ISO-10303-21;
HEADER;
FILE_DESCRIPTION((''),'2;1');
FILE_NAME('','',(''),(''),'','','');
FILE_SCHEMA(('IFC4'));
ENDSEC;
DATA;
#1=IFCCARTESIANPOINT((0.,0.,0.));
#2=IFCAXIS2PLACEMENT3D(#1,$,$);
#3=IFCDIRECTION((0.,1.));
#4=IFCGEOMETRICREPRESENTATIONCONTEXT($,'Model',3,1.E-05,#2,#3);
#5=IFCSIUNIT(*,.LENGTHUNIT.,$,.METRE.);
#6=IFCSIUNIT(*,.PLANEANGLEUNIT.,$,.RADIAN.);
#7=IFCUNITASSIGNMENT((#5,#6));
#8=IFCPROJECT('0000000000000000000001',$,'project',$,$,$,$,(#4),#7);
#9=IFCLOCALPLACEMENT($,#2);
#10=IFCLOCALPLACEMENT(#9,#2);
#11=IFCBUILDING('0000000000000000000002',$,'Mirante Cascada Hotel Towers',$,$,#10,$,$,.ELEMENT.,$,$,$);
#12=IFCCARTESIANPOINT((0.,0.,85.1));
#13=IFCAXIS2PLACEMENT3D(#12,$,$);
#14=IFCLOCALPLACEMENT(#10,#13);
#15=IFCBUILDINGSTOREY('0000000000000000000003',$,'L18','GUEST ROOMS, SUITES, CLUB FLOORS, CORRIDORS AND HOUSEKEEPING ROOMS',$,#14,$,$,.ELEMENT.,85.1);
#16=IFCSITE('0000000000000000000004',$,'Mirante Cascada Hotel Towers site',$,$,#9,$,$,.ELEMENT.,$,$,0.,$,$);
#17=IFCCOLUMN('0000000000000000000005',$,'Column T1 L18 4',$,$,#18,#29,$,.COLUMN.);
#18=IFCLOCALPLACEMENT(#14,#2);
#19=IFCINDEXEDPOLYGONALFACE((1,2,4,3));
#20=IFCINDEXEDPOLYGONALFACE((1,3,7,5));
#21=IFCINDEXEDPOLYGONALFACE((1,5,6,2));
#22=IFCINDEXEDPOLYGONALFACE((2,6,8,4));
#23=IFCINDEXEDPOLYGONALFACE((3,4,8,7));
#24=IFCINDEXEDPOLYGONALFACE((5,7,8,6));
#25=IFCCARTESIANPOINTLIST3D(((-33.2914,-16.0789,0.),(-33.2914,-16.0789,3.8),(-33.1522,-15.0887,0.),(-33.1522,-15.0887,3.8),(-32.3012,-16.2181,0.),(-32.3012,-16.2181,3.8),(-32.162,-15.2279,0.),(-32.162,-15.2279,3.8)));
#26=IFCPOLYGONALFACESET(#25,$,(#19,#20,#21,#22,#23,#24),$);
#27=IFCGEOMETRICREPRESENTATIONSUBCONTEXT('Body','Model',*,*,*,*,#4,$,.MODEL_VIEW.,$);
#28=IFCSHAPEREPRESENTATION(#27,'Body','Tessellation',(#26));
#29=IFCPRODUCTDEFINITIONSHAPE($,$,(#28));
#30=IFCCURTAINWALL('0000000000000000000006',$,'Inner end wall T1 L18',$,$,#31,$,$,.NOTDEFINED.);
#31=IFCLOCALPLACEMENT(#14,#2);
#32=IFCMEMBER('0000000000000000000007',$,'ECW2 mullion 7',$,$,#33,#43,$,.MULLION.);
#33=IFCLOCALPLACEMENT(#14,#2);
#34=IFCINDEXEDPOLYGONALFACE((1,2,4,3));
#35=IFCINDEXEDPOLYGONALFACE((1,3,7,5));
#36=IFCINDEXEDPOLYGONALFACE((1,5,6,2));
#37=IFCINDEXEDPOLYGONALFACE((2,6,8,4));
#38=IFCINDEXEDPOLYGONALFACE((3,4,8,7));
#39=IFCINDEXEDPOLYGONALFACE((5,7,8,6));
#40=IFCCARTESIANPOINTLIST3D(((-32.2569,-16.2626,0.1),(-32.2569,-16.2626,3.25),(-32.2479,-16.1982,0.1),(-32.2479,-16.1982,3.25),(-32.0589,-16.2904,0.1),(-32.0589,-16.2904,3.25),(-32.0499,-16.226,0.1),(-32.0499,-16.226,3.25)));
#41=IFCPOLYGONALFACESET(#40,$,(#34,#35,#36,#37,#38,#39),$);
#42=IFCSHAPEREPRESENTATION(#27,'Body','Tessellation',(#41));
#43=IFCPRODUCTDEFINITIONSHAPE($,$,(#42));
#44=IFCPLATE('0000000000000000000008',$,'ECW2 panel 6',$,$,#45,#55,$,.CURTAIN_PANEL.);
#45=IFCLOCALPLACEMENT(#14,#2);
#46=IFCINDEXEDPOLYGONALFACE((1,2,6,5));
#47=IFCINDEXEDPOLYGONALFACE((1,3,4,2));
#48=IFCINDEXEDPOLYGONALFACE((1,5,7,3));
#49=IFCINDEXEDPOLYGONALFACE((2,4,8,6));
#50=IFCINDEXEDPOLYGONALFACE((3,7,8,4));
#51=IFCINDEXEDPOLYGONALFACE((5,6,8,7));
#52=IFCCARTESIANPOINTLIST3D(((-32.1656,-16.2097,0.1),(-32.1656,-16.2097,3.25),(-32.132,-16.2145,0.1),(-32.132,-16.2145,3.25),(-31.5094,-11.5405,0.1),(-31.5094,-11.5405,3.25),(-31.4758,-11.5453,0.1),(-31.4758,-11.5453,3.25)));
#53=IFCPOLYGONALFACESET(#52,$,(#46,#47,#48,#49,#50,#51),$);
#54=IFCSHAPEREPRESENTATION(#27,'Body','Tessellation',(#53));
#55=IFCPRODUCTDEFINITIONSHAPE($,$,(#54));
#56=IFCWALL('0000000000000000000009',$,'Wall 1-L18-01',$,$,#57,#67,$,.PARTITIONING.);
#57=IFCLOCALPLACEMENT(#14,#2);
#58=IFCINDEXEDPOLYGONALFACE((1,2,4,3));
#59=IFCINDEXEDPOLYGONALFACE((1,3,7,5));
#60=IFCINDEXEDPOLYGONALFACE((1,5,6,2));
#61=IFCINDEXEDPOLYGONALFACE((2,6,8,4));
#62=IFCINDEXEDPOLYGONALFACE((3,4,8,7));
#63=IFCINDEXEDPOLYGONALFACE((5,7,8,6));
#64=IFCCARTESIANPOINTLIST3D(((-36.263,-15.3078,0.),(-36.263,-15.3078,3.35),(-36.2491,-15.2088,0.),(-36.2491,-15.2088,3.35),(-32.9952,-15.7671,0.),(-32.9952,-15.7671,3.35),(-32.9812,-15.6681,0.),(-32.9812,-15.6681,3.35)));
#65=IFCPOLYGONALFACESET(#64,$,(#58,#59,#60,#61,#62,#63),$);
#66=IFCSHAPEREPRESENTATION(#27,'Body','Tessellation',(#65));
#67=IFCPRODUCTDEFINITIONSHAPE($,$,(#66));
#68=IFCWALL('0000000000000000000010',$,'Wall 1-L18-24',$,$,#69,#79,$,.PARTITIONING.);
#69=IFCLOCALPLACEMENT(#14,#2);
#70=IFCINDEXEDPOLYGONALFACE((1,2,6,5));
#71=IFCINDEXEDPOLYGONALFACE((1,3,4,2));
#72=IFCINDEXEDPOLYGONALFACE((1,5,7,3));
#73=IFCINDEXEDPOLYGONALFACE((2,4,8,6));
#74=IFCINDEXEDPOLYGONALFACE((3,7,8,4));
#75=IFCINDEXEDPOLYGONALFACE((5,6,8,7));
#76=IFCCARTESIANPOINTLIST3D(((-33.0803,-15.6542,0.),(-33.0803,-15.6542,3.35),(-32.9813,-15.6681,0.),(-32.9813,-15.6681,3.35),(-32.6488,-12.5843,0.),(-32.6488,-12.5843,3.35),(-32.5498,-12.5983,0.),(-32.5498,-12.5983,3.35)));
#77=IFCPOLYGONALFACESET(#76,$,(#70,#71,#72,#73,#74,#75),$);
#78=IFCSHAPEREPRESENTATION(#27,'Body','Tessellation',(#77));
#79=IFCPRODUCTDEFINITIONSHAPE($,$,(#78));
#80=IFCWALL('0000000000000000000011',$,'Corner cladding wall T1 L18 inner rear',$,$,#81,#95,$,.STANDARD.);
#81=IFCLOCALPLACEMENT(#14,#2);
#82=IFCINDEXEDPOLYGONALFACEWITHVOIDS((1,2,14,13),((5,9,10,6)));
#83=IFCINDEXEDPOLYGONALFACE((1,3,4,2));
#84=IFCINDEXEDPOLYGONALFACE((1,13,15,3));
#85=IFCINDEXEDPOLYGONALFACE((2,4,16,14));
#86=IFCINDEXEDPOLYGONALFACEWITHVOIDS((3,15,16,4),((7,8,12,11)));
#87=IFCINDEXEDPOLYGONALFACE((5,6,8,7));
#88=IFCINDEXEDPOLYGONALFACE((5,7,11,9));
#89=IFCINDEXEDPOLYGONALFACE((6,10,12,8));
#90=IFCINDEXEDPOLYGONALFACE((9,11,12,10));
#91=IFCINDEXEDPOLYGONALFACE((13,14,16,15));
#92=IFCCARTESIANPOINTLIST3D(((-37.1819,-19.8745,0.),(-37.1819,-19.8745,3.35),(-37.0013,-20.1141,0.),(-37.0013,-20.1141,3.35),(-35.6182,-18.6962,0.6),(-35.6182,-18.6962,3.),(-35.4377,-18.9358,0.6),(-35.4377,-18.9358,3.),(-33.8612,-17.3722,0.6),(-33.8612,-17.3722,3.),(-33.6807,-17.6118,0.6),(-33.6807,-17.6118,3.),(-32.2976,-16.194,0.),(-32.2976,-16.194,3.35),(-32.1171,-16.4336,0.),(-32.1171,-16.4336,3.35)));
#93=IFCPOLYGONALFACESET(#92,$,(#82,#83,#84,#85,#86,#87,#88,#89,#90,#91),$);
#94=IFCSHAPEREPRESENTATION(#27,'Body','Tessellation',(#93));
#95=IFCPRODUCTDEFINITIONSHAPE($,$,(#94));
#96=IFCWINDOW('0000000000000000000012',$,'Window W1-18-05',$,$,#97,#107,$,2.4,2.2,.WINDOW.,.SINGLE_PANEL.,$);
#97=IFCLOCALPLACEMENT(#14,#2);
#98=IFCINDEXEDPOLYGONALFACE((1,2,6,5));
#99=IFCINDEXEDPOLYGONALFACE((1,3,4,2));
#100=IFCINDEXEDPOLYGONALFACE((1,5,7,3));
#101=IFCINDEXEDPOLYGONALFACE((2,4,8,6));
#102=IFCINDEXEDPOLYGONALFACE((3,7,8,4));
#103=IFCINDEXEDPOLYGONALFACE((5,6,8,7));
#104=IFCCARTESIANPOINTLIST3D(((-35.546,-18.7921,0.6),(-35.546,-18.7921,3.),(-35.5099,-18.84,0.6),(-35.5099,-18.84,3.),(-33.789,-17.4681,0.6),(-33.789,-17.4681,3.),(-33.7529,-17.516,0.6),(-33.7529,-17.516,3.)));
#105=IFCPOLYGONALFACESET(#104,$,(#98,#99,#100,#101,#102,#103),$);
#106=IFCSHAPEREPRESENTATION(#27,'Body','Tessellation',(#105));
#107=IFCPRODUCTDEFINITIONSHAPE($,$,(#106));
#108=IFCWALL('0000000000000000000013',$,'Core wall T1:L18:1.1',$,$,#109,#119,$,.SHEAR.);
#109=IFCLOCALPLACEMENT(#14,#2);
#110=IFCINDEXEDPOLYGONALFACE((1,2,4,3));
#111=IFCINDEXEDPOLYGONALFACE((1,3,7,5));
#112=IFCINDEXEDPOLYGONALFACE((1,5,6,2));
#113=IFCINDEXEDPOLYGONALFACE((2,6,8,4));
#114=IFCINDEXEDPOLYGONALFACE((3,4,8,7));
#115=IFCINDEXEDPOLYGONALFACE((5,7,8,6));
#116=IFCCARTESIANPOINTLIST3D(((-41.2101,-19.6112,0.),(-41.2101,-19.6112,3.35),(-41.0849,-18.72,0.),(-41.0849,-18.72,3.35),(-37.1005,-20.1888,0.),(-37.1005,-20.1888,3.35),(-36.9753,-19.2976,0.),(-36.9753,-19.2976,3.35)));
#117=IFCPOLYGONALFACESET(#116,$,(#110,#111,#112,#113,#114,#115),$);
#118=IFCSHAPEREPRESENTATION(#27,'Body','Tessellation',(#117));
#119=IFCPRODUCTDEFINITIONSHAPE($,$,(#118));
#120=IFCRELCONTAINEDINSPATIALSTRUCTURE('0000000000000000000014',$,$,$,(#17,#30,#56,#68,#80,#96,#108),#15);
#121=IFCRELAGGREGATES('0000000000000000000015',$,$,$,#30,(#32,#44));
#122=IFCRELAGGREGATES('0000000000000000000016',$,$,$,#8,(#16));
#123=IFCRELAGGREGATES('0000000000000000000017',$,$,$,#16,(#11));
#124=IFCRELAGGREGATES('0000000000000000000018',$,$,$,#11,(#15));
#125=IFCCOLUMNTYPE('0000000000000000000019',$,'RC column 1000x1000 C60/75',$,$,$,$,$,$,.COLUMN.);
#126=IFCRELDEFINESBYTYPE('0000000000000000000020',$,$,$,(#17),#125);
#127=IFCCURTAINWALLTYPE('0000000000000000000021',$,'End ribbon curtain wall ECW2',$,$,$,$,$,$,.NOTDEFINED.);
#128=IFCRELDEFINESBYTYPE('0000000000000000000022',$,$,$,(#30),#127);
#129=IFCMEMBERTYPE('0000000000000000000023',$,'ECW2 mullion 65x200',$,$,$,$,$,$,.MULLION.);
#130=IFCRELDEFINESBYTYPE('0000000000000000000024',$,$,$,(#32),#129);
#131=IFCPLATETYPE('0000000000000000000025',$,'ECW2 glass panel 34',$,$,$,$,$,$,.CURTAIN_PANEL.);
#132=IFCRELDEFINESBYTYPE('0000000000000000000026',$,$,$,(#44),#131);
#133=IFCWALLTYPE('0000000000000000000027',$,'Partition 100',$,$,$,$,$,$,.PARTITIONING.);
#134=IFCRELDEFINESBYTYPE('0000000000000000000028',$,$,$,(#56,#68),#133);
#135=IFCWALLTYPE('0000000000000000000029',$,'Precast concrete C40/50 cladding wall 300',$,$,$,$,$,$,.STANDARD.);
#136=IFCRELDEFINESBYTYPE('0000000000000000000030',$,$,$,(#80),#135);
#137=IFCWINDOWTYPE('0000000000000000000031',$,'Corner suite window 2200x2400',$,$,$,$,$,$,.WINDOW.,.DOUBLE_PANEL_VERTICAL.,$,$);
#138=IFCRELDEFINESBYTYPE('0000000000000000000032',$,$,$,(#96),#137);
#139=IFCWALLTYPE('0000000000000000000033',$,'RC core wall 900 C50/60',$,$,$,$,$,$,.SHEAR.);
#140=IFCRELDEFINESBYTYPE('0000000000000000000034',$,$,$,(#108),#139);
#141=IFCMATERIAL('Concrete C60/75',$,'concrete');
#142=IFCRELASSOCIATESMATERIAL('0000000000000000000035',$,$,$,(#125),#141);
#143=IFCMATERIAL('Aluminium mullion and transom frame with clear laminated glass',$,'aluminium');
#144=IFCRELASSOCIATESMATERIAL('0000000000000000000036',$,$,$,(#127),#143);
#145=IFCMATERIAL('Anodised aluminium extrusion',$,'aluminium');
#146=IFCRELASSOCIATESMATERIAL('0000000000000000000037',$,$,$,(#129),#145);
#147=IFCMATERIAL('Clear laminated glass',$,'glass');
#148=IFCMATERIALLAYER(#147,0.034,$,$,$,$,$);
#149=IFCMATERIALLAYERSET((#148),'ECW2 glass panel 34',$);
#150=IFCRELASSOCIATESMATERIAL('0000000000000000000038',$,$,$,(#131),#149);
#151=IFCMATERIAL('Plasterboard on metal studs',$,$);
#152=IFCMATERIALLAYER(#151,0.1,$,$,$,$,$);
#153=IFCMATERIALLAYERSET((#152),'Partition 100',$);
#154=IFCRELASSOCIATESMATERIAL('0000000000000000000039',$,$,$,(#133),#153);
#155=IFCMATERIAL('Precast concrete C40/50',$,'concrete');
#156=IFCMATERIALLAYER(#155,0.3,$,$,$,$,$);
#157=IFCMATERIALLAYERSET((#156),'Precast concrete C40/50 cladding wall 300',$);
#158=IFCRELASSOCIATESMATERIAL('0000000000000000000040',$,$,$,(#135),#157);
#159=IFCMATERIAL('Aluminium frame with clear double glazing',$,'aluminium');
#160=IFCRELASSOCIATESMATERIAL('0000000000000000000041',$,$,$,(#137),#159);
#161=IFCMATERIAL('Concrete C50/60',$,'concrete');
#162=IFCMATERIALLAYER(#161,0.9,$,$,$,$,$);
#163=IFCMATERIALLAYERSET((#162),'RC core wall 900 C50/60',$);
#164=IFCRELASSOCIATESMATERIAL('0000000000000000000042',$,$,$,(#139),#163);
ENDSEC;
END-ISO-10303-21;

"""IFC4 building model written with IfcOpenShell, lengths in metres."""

from ifc_helpers import new_model, si_unit, direction, frame, frame_2d, origin, origin_2d, place, context, subcontext, project, spatial, rectangle, extrude, material, layer, layer_set, material_profile, profile_set, type_object, element, fill, aggregate, save


model = new_model("IFC4")

# Units and contexts
model_context = context("Model", 3, precision=1e-05, world=origin(), true_north=direction((0.0, 1.0)))
body_context = subcontext(model_context, "Body", "Model", "MODEL_VIEW")
ifc_project = project(units=[si_unit("LENGTHUNIT", "METRE"), si_unit("PLANEANGLEUNIT", "RADIAN")], contexts=[model_context])

# Site, building, storey
site_placement = place(None, origin())
site = spatial("IfcSite", under=ifc_project, at=site_placement, Name="Mirante Cascada Hotel Towers site", CompositionType="ELEMENT", RefElevation=0.0)
building_placement = place(site_placement, origin())
building = spatial("IfcBuilding", under=site, at=building_placement, Name="Mirante Cascada Hotel Towers", CompositionType="ELEMENT")
storey_placement = place(building_placement, frame((0.0, 0.0, 85.1)))
storey = spatial("IfcBuildingStorey", under=building, at=storey_placement, Name="L18", Description="GUEST ROOMS, SUITES, CLUB FLOORS, CORRIDORS AND HOUSEKEEPING ROOMS", CompositionType="ELEMENT", Elevation=85.1)

# Column
ifc_material_1 = material(Name="Concrete C60/75", Category="concrete")
ifc_material_profile_1 = material_profile(ifc_material_1, rectangle(XDim=1.0, YDim=1.0, at=origin_2d()), Name="RC column 1000x1000 C60/75")
ifc_profile_set_1 = profile_set([ifc_material_profile_1], Name="Concrete C60/75")
column_type = type_object("IfcColumnType", Name="RC column 1000x1000 C60/75", PredefinedType="COLUMN", material=ifc_profile_set_1)
column_placement = place(storey_placement, frame((-32.7267, -15.6534, 0.0), z_axis=(0.0, 0.0, 1.0), x_axis=(-0.990268, 0.139173, 0.0)))
element("IfcColumn", 1, at=column_placement, inside=storey, type_object=column_type, Name="Column T1 L18 4", PredefinedType="COLUMN", context=body_context, shape_type="SweptSolid", body=[
    extrude(rectangle(XDim=1.0, YDim=1.0, at=origin_2d()), origin(), (0.0, 0.0, 1.0), 3.8),
])

# Curtain wall, member, plate
ifc_material_2 = material(Name="Aluminium mullion and transom frame with clear laminated glass", Category="aluminium")
curtain_wall_type = type_object("IfcCurtainWallType", Name="End ribbon curtain wall ECW2", PredefinedType="NOTDEFINED", material=ifc_material_2)
curtain_wall_placement = place(storey_placement, origin())
curtain_wall = element("IfcCurtainWall", 2, at=curtain_wall_placement, inside=storey, type_object=curtain_wall_type, Name="Inner end wall T1 L18", PredefinedType="NOTDEFINED")
ifc_material_3 = material(Name="Anodised aluminium extrusion", Category="aluminium")
ifc_material_profile_2 = material_profile(ifc_material_3, rectangle(XDim=0.2, YDim=0.065, at=origin_2d()), Name="ECW2 MULLION 65x200")
ifc_profile_set_2 = profile_set([ifc_material_profile_2], Name="Anodised aluminium extrusion")
member_type = type_object("IfcMemberType", Name="ECW2 mullion 65x200", PredefinedType="MULLION", material=ifc_profile_set_2)
member_placement = place(storey_placement, frame((-32.1534, -16.2443, 0.1), z_axis=(0.0, 0.0, 1.0), x_axis=(0.990268, -0.139173, 0.0)))
member = element("IfcMember", 3, at=member_placement, type_object=member_type, Name="ECW2 mullion 7", PredefinedType="MULLION", context=body_context, shape_type="SweptSolid", body=[
    extrude(rectangle(XDim=0.2, YDim=0.065, at=origin_2d()), origin(), (0.0, 0.0, 1.0), 3.15),
])
ifc_material_4 = material(Name="Clear laminated glass", Category="glass")
ifc_layer_1 = layer(ifc_material_4, 0.034)
ifc_layer_set_1 = layer_set([ifc_layer_1], Name="ECW2 glass panel 34")
plate_type = type_object("IfcPlateType", Name="ECW2 glass panel 34", PredefinedType="CURTAIN_PANEL", material=ifc_layer_set_1)
plate_placement = place(storey_placement, frame((-31.8207, -13.8775, 0.1), z_axis=(0.0, 0.0, 1.0), x_axis=(-0.139173, -0.990268, 0.0)))
plate = element("IfcPlate", 4, at=plate_placement, type_object=plate_type, Name="ECW2 panel 6", PredefinedType="CURTAIN_PANEL", context=body_context, shape_type="SweptSolid", body=[
    extrude(rectangle(XDim=4.7151, YDim=0.034, at=origin_2d()), origin(), (0.0, 0.0, 1.0), 3.15),
])
aggregate(curtain_wall, [member, plate])

# Walls
ifc_material_5 = material(Name="Plasterboard on metal studs")
ifc_layer_2 = layer(ifc_material_5, 0.1)
ifc_layer_set_2 = layer_set([ifc_layer_2], Name="Partition 100")
wall_type_1 = type_object("IfcWallType", Name="Partition 100", PredefinedType="PARTITIONING", material=ifc_layer_set_2)
wall_1_placement = place(storey_placement, frame((-32.9882, -15.7176, 0.0), z_axis=(0.0, 0.0, 1.0), x_axis=(-0.990267, 0.139181, 0.0)))
element("IfcWall", 5, at=wall_1_placement, inside=storey, type_object=wall_type_1, Name="Wall 1-L18-01", PredefinedType="PARTITIONING", context=body_context, shape_type="SweptSolid", body=[
    extrude(rectangle(XDim=3.3, YDim=0.1, at=frame_2d((1.65, 0.0))), origin(), (0.0, 0.0, 1.0), 3.35),
])
wall_2_placement = place(storey_placement, frame((-32.5993, -12.5913, 0.0), z_axis=(0.0, 0.0, 1.0), x_axis=(-0.139194, -0.990265, 0.0)))
element("IfcWall", 6, at=wall_2_placement, inside=storey, type_object=wall_type_1, Name="Wall 1-L18-24", PredefinedType="PARTITIONING", context=body_context, shape_type="SweptSolid", body=[
    extrude(rectangle(XDim=3.1, YDim=0.1, at=frame_2d((1.55, 0.0))), origin(), (0.0, 0.0, 1.0), 3.35),
])

# Wall, opening, window
ifc_material_6 = material(Name="Precast concrete C40/50", Category="concrete")
ifc_layer_3 = layer(ifc_material_6, 0.3)
ifc_layer_set_3 = layer_set([ifc_layer_3], Name="Precast concrete C40/50 cladding wall 300")
wall_type_2 = type_object("IfcWallType", Name="Precast concrete C40/50 cladding wall 300", PredefinedType="STANDARD", material=ifc_layer_set_3)
wall_3_placement = place(storey_placement, frame((-32.2074, -16.3138, 0.0), z_axis=(0.0, 0.0, 1.0), x_axis=(-0.798636, -0.601814, 0.0)))
wall_3 = element("IfcWall", 7, at=wall_3_placement, inside=storey, type_object=wall_type_2, Name="Corner cladding wall T1 L18 inner rear", PredefinedType="STANDARD", context=body_context, shape_type="SweptSolid", body=[
    extrude(rectangle(XDim=6.1157, YDim=0.3, at=frame_2d((3.0578, 0.0))), origin(), (0.0, 0.0, 1.0), 3.35),
])
opening_placement = place(wall_3_placement, frame((1.9578, 0.0, 0.6)))
opening = element("IfcOpeningElement", 8, at=opening_placement, cuts=wall_3, PredefinedType="OPENING", context=body_context, shape_type="SweptSolid", body=[
    extrude(rectangle(XDim=2.2, YDim=2.4, at=frame_2d((1.1, 1.2))), frame((0.0, 0.15, 0.0), z_axis=(0.0, -1.0, 0.0), x_axis=(1.0, 0.0, 0.0)), (0.0, 0.0, 1.0), 0.3),
])
ifc_material_7 = material(Name="Aluminium frame with clear double glazing", Category="aluminium")
window_type = type_object("IfcWindowType", Name="Corner suite window 2200x2400", PartitioningType="DOUBLE_PANEL_VERTICAL", PredefinedType="WINDOW", material=ifc_material_7)
window_placement = place(opening_placement, origin())
window = element("IfcWindow", 9, at=window_placement, inside=storey, type_object=window_type, Name="Window W1-18-05", OverallHeight=2.4, OverallWidth=2.2, PartitioningType="SINGLE_PANEL", PredefinedType="WINDOW", context=body_context, shape_type="SweptSolid", body=[
    extrude(rectangle(XDim=2.2, YDim=2.4, at=frame_2d((1.1, 1.2))), frame((0.0, 0.03, 0.0), z_axis=(0.0, -1.0, 0.0), x_axis=(1.0, 0.0, 0.0)), (0.0, 0.0, 1.0), 0.06),
])
fill(opening, window)

# Wall
ifc_material_8 = material(Name="Concrete C50/60", Category="concrete")
ifc_layer_4 = layer(ifc_material_8, 0.9)
ifc_layer_set_4 = layer_set([ifc_layer_4], Name="RC core wall 900 C50/60")
wall_type_3 = type_object("IfcWallType", Name="RC core wall 900 C50/60", PredefinedType="SHEAR", material=ifc_layer_set_4)
wall_4_placement = place(storey_placement, frame((-37.0379, -19.7432, 0.0), z_axis=(0.0, 0.0, 1.0), x_axis=(-0.990267, 0.139181, 0.0)))
element("IfcWall", 10, at=wall_4_placement, inside=storey, type_object=wall_type_3, Name="Core wall T1:L18:1.1", PredefinedType="SHEAR", context=body_context, shape_type="SweptSolid", body=[
    extrude(rectangle(XDim=4.15, YDim=0.9, at=frame_2d((2.075, 0.0))), origin(), (0.0, 0.0, 1.0), 3.35),
])

save(model, "model.ifc")
